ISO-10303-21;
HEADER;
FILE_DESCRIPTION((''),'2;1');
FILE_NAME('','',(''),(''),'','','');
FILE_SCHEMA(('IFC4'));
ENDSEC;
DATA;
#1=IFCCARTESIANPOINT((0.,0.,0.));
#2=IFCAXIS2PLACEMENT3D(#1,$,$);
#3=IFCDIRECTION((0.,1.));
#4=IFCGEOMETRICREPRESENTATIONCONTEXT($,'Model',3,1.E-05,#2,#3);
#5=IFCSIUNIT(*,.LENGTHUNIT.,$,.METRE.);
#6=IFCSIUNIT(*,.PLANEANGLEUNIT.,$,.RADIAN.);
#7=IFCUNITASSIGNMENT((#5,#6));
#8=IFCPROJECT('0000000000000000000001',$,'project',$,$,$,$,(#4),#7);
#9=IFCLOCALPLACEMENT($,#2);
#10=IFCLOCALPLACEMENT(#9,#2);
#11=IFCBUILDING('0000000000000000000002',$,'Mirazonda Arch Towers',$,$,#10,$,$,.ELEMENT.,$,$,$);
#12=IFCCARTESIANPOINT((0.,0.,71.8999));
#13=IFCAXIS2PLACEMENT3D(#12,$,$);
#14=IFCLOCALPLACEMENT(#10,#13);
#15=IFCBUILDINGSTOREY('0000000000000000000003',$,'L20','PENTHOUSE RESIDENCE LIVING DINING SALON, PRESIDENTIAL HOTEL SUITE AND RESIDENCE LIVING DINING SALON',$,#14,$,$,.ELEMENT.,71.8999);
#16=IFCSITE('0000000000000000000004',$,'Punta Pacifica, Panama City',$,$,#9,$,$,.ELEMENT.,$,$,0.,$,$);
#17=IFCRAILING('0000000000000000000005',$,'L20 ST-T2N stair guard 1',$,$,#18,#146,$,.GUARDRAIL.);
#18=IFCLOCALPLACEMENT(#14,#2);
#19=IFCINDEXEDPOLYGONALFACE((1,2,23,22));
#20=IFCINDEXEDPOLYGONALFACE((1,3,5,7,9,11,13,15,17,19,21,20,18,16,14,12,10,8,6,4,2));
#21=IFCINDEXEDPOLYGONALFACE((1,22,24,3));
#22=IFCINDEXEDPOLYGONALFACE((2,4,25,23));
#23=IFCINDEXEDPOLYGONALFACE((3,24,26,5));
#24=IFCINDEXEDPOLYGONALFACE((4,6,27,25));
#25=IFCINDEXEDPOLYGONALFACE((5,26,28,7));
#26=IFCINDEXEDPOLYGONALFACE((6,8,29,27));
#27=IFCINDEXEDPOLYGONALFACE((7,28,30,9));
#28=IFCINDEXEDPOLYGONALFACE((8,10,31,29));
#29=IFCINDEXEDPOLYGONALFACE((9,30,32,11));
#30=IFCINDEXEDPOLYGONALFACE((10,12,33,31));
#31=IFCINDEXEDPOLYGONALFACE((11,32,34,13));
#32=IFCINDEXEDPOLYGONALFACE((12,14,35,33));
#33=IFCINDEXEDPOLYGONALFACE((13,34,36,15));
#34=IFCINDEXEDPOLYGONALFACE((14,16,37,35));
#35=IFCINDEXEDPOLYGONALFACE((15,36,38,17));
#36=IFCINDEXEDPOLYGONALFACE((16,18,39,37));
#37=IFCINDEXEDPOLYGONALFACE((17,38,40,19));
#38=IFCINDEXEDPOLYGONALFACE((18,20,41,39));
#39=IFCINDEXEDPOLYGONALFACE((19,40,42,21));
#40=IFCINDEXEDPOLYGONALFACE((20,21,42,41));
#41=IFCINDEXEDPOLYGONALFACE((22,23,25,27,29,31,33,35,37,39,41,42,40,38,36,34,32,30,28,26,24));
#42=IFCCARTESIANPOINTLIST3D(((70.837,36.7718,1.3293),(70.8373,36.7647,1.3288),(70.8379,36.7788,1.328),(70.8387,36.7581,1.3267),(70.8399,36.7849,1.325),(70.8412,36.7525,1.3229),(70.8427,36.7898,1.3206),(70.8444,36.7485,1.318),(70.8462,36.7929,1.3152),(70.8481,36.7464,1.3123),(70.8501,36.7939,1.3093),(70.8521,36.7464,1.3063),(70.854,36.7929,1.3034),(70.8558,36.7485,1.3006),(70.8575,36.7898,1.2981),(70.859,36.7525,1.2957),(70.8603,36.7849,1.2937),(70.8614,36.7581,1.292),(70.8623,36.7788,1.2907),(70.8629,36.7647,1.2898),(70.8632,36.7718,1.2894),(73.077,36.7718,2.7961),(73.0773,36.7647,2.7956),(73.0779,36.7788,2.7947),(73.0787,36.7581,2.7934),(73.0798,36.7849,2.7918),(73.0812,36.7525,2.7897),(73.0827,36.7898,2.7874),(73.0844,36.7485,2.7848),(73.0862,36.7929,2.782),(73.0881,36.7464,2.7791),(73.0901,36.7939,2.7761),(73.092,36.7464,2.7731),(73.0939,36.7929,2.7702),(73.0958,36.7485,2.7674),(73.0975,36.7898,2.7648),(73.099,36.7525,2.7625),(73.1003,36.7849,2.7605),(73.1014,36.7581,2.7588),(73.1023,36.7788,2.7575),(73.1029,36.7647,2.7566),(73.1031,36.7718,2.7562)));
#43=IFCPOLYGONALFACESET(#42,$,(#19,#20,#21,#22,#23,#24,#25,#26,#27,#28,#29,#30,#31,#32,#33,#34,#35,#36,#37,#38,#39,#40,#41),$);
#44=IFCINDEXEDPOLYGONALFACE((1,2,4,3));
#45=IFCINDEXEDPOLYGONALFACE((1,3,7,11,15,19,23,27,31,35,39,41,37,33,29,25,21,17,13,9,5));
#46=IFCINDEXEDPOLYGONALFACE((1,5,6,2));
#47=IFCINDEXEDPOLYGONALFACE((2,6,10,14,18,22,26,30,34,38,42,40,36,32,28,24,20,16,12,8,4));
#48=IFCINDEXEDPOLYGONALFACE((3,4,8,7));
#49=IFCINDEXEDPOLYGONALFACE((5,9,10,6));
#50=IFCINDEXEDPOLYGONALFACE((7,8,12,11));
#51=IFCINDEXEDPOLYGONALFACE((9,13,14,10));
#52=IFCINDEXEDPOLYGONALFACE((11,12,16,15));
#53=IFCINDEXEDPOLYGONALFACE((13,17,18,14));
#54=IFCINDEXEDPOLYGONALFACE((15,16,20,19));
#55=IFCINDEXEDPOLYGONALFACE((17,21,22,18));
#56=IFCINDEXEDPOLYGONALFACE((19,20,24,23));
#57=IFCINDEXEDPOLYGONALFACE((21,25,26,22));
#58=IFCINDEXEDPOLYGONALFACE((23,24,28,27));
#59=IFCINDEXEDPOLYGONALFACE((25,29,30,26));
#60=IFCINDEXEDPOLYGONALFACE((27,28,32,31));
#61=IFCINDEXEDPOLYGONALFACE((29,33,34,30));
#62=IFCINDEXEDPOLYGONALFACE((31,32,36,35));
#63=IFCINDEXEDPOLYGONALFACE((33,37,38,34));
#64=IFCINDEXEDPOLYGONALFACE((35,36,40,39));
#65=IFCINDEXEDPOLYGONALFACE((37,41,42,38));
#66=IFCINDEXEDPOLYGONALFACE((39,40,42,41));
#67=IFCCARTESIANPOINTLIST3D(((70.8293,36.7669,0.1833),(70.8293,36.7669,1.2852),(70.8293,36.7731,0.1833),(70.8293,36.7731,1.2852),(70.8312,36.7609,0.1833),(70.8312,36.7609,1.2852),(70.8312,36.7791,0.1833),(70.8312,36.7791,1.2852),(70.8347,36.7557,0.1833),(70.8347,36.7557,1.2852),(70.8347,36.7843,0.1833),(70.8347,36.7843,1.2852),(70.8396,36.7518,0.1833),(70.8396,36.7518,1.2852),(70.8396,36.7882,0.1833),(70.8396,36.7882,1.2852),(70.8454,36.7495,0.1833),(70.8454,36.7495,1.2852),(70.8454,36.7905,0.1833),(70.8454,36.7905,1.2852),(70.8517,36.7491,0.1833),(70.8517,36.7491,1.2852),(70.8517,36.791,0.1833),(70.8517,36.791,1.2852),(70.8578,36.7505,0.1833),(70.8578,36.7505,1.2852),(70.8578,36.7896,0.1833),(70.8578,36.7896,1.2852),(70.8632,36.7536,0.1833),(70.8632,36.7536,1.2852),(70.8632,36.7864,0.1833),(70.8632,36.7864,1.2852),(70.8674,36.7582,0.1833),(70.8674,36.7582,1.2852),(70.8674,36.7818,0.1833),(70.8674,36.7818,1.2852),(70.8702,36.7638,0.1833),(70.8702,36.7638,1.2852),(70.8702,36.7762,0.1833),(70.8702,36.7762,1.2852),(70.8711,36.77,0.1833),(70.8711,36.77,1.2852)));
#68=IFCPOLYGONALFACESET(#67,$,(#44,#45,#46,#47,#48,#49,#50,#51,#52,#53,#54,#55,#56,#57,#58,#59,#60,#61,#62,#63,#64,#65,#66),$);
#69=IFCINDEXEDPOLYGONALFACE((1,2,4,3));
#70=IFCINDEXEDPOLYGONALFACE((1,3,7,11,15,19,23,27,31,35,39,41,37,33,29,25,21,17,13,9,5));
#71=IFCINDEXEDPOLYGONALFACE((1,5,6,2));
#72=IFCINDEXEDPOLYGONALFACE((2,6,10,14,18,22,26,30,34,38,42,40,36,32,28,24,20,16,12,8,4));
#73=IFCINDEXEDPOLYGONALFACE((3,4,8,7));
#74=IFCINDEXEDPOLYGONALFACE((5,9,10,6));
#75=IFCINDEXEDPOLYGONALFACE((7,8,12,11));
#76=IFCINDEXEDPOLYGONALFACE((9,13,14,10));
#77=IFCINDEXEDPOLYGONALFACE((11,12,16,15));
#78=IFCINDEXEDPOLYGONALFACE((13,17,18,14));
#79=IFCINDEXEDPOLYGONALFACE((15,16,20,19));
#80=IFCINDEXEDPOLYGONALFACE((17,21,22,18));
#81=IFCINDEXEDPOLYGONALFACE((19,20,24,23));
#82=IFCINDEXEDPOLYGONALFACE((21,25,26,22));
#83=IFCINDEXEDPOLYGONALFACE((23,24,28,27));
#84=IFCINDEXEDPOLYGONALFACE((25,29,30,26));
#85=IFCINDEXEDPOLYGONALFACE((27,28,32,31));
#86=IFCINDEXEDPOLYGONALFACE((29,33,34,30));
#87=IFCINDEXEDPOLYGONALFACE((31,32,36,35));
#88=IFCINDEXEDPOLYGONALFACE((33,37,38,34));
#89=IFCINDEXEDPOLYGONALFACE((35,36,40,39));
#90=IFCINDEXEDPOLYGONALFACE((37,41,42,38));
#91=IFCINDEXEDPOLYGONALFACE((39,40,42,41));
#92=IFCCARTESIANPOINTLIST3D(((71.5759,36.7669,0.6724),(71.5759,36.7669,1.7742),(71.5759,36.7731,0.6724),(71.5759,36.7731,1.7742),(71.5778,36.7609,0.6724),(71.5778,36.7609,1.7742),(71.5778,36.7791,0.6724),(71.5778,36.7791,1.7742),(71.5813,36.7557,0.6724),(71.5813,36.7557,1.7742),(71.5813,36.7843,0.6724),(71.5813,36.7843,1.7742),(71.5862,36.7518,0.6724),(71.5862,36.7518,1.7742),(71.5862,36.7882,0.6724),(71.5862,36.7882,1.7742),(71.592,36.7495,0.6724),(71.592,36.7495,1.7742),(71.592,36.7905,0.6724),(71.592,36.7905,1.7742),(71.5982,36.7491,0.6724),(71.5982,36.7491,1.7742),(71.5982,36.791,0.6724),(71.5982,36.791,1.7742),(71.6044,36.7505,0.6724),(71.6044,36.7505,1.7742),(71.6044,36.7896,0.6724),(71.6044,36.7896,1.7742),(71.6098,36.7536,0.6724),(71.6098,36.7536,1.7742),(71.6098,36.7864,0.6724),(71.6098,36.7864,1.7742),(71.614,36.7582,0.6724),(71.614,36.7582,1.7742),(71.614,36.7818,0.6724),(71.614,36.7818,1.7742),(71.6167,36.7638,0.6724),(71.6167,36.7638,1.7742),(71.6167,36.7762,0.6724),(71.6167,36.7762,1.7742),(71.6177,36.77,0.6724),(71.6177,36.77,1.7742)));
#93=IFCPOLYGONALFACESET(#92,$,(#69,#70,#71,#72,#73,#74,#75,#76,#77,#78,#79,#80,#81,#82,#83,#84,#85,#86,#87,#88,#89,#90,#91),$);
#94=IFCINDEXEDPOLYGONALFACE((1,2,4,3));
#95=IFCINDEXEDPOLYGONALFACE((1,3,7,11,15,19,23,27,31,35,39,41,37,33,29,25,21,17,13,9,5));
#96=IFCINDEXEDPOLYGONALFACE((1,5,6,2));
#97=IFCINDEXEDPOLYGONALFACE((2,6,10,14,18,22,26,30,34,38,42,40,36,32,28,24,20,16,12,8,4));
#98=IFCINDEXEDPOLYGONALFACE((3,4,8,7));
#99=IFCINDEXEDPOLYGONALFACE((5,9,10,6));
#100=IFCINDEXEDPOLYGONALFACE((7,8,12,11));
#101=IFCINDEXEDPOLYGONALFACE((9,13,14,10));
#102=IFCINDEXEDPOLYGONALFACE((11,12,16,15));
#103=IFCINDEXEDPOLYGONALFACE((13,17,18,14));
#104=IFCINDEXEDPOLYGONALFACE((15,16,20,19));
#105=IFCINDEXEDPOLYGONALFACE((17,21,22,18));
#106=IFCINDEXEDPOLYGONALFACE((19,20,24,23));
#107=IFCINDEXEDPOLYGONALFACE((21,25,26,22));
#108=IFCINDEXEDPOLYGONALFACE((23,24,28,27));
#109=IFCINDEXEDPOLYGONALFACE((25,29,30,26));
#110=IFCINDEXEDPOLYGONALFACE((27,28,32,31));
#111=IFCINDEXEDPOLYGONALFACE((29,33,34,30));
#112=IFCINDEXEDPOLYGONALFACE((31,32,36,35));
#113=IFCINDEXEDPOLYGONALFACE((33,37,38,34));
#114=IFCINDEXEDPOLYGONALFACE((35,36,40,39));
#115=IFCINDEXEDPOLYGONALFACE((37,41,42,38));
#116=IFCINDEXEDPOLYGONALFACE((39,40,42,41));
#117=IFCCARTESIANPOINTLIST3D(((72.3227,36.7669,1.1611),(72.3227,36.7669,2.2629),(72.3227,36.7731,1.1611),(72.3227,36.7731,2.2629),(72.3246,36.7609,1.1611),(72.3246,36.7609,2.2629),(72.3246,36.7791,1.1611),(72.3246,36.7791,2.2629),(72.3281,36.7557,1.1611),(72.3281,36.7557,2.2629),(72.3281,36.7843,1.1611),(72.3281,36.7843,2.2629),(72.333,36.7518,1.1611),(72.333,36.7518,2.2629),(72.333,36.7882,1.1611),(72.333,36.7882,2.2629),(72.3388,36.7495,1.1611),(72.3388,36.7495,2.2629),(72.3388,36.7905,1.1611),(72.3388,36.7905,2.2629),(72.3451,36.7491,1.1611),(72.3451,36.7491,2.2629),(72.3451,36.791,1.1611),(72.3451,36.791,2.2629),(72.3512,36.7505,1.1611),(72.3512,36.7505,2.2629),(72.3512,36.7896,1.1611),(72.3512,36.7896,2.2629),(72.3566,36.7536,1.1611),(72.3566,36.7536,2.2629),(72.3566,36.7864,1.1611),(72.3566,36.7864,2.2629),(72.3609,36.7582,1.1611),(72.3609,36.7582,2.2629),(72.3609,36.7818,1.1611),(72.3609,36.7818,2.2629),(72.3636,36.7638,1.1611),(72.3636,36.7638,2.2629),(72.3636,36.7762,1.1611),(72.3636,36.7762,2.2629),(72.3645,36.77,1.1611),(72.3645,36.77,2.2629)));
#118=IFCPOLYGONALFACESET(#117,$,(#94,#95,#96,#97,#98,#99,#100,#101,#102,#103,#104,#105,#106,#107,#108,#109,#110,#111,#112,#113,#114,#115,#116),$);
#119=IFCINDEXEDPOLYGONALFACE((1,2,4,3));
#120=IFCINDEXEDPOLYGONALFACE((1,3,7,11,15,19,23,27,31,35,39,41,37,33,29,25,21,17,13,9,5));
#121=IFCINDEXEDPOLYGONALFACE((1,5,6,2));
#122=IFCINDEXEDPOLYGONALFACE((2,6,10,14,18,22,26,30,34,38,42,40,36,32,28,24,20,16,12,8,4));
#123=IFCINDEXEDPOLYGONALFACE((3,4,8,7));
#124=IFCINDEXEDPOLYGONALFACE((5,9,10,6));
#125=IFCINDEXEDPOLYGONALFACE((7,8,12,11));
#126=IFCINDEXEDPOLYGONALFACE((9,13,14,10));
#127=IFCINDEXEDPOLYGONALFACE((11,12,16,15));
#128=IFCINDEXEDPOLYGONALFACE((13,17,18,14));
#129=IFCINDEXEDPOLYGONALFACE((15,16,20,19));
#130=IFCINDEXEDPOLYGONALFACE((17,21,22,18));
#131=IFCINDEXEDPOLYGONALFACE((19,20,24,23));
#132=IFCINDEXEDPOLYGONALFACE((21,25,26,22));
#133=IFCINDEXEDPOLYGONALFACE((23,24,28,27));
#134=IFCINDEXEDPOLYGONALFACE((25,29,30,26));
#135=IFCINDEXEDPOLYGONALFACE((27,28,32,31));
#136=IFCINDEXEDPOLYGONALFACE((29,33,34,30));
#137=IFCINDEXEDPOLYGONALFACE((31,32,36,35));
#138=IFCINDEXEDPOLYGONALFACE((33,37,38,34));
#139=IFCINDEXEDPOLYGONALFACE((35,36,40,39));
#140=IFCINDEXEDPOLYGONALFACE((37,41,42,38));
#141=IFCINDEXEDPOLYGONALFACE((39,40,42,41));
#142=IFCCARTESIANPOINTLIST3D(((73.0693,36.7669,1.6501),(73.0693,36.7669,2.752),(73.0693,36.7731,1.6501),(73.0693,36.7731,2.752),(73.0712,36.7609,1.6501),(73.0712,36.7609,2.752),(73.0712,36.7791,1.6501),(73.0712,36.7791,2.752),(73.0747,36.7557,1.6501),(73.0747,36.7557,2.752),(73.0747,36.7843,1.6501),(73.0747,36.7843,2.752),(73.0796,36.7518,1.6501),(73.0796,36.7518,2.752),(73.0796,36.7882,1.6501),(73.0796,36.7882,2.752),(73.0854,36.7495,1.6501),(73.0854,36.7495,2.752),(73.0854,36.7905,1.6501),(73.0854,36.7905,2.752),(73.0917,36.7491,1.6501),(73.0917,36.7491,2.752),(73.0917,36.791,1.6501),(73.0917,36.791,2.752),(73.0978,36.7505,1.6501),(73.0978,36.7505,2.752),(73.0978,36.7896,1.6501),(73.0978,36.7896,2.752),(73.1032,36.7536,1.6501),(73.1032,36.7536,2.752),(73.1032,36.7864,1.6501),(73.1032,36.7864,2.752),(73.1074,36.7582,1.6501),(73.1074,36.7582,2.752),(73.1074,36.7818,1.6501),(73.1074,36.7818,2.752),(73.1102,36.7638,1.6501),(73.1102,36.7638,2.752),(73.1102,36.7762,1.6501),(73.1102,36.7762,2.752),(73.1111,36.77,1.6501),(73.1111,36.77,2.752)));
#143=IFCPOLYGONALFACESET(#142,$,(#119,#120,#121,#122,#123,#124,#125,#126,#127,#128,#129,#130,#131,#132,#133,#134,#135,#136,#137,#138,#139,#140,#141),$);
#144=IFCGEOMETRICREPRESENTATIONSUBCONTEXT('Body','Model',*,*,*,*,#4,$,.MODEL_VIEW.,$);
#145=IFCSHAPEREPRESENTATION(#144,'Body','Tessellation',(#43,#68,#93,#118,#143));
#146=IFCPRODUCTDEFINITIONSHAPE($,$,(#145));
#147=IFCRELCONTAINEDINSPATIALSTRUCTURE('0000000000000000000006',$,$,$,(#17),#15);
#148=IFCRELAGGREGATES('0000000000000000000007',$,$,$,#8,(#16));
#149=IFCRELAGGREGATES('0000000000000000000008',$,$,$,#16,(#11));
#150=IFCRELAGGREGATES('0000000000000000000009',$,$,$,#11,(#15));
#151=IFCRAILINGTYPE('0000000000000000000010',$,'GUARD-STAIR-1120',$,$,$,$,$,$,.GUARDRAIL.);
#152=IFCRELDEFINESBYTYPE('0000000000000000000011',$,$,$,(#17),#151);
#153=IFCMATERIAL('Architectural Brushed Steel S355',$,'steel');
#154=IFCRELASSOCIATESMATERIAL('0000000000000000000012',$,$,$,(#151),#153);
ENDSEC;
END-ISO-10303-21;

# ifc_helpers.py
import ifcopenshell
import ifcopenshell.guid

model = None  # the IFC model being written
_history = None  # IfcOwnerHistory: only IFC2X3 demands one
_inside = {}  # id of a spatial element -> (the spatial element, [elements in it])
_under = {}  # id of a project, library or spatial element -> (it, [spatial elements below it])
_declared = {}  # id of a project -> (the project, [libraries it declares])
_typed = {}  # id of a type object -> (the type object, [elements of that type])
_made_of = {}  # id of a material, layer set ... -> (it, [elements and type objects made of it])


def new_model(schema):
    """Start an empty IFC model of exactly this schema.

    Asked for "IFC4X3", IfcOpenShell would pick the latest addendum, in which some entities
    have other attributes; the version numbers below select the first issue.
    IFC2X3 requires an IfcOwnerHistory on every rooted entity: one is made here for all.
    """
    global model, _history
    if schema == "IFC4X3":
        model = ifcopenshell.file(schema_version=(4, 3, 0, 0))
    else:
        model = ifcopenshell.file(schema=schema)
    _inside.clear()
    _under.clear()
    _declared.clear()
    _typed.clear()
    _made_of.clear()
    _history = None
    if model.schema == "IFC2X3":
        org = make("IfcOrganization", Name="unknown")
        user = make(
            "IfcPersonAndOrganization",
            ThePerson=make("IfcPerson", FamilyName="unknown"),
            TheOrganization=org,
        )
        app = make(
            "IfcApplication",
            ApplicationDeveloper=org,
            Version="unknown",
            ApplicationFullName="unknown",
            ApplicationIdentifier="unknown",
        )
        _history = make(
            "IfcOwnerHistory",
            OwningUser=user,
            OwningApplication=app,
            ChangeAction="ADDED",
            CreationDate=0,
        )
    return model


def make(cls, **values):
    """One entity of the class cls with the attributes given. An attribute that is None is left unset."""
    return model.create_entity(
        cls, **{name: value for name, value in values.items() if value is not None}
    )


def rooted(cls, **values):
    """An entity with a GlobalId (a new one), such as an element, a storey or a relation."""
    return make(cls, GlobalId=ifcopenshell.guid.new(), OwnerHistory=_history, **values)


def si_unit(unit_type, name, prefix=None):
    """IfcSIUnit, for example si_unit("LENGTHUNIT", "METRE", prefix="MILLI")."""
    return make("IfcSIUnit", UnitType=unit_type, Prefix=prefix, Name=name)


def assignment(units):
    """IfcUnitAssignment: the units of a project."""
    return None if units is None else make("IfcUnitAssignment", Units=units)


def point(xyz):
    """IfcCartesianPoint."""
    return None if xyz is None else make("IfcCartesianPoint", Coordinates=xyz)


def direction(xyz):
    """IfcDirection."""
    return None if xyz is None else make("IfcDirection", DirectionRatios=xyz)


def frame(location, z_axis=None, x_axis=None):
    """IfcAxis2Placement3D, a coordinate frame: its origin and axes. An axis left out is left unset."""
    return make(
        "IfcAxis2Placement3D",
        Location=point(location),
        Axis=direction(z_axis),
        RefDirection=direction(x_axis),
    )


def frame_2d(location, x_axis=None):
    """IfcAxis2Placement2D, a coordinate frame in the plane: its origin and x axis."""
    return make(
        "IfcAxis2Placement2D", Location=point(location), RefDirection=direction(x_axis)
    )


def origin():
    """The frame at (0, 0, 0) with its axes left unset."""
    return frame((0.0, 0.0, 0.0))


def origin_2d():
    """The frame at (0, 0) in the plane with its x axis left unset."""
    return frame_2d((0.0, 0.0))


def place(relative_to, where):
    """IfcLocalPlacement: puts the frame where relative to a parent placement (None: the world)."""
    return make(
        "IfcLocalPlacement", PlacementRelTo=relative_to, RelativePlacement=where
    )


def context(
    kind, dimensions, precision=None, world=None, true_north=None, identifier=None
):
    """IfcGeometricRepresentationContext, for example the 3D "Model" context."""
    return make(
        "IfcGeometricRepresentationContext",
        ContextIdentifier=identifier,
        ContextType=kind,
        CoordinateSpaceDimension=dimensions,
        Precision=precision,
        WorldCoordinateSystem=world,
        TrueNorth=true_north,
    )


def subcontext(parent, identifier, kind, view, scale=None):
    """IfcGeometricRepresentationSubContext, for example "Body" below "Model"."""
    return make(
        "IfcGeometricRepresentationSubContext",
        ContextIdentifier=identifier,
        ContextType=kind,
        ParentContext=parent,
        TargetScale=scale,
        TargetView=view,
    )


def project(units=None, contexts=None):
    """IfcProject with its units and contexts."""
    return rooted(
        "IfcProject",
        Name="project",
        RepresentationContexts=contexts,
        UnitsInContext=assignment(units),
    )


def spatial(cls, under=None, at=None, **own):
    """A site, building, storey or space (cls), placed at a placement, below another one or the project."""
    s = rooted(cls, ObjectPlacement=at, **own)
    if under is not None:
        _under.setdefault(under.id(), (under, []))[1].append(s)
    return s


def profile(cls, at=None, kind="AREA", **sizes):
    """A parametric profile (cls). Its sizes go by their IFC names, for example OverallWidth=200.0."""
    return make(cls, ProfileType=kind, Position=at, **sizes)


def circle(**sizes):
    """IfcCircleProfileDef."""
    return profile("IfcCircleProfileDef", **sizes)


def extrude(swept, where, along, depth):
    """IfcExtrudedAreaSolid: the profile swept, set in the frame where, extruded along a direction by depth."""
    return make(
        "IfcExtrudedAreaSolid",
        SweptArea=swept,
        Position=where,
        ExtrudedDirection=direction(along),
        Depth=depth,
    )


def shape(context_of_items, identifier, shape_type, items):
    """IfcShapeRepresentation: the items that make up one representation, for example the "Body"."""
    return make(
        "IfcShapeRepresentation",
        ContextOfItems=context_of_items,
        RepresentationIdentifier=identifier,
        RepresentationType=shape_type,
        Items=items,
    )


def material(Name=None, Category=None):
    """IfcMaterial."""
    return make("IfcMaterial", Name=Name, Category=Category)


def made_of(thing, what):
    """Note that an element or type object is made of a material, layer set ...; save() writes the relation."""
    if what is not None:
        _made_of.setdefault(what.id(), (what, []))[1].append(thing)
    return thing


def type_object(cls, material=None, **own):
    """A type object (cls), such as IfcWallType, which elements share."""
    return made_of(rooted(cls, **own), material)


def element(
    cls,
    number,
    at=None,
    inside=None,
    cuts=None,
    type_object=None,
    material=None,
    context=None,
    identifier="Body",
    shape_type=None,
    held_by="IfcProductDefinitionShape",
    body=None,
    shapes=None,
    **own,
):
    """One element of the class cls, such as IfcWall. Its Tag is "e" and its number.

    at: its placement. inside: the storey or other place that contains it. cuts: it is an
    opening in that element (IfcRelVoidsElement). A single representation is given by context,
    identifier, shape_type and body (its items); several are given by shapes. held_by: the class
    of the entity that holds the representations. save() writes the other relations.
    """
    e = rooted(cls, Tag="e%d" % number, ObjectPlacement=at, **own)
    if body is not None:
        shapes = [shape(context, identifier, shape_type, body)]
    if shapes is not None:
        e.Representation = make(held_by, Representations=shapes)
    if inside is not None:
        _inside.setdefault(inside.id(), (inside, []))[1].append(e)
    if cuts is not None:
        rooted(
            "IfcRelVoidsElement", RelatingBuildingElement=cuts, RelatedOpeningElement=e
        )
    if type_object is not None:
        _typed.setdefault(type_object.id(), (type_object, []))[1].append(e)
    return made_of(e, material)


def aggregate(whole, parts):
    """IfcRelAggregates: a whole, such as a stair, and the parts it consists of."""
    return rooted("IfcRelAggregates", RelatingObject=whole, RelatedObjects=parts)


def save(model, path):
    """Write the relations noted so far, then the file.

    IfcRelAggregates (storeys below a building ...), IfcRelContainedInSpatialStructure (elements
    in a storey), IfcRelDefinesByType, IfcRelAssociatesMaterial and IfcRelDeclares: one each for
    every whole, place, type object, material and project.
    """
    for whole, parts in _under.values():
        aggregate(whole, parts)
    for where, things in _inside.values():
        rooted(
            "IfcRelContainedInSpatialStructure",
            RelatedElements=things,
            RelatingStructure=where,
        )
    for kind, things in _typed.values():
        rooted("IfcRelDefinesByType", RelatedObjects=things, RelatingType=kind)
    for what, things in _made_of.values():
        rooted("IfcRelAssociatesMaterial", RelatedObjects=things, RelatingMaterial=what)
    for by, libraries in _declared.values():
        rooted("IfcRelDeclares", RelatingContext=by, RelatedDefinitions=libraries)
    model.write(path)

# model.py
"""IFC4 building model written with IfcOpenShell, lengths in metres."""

from ifc_helpers import new_model, si_unit, direction, frame, origin, origin_2d, place, context, subcontext, project, spatial, circle, extrude, material, type_object, element, save


model = new_model("IFC4")

# Units and contexts
model_context = context("Model", 3, precision=1e-05, world=origin(), true_north=direction((0.0, 1.0)))
body_context = subcontext(model_context, "Body", "Model", "MODEL_VIEW")
ifc_project = project(units=[si_unit("LENGTHUNIT", "METRE"), si_unit("PLANEANGLEUNIT", "RADIAN")], contexts=[model_context])

# Site, building, storey
site_placement = place(None, origin())
site = spatial("IfcSite", under=ifc_project, at=site_placement, Name="Punta Pacifica, Panama City", CompositionType="ELEMENT", RefElevation=0.0)
building_placement = place(site_placement, origin())
building = spatial("IfcBuilding", under=site, at=building_placement, Name="Mirazonda Arch Towers", CompositionType="ELEMENT")
storey_placement = place(building_placement, frame((0.0, 0.0, 71.8999)))
storey = spatial("IfcBuildingStorey", under=building, at=storey_placement, Name="L20", Description="PENTHOUSE RESIDENCE LIVING DINING SALON, PRESIDENTIAL HOTEL SUITE AND RESIDENCE LIVING DINING SALON", CompositionType="ELEMENT", Elevation=71.8999)

# Shared definitions
ifc_material_1 = material(Name="Architectural Brushed Steel S355", Category="steel")

# Railing
railing_type_1 = type_object("IfcRailingType", Name="GUARD-STAIR-1120", PredefinedType="GUARDRAIL", material=ifc_material_1)
railing_1_placement = place(storey_placement, frame((70.8501, 36.77, 0.1833)))
element("IfcRailing", 1, at=railing_1_placement, inside=storey, type_object=railing_type_1, Name="L20 ST-T2N stair guard 1", PredefinedType="GUARDRAIL", context=body_context, shape_type="SweptSolid", body=[
    extrude(circle(Radius=0.0239, at=origin_2d()), frame((0.0, 0.0, 1.126), z_axis=(0.836595, 0.0, 0.547822), x_axis=(0.0, 1.0, 0.0)), (0.0, 0.0, 1.0), 2.6775),
    extrude(circle(Radius=0.021, at=origin_2d()), origin(), (0.0, 0.0, 1.0), 1.1018),
    extrude(circle(Radius=0.021, at=origin_2d()), frame((0.7466, 0.0, 0.489)), (0.0, 0.0, 1.0), 1.1018),
    extrude(circle(Radius=0.021, at=origin_2d()), frame((1.4934, 0.0, 0.9778)), (0.0, 0.0, 1.0), 1.1018),
    extrude(circle(Radius=0.021, at=origin_2d()), frame((2.24, 0.0, 1.4668)), (0.0, 0.0, 1.0), 1.1018),
])

save(model, "model.ifc")
